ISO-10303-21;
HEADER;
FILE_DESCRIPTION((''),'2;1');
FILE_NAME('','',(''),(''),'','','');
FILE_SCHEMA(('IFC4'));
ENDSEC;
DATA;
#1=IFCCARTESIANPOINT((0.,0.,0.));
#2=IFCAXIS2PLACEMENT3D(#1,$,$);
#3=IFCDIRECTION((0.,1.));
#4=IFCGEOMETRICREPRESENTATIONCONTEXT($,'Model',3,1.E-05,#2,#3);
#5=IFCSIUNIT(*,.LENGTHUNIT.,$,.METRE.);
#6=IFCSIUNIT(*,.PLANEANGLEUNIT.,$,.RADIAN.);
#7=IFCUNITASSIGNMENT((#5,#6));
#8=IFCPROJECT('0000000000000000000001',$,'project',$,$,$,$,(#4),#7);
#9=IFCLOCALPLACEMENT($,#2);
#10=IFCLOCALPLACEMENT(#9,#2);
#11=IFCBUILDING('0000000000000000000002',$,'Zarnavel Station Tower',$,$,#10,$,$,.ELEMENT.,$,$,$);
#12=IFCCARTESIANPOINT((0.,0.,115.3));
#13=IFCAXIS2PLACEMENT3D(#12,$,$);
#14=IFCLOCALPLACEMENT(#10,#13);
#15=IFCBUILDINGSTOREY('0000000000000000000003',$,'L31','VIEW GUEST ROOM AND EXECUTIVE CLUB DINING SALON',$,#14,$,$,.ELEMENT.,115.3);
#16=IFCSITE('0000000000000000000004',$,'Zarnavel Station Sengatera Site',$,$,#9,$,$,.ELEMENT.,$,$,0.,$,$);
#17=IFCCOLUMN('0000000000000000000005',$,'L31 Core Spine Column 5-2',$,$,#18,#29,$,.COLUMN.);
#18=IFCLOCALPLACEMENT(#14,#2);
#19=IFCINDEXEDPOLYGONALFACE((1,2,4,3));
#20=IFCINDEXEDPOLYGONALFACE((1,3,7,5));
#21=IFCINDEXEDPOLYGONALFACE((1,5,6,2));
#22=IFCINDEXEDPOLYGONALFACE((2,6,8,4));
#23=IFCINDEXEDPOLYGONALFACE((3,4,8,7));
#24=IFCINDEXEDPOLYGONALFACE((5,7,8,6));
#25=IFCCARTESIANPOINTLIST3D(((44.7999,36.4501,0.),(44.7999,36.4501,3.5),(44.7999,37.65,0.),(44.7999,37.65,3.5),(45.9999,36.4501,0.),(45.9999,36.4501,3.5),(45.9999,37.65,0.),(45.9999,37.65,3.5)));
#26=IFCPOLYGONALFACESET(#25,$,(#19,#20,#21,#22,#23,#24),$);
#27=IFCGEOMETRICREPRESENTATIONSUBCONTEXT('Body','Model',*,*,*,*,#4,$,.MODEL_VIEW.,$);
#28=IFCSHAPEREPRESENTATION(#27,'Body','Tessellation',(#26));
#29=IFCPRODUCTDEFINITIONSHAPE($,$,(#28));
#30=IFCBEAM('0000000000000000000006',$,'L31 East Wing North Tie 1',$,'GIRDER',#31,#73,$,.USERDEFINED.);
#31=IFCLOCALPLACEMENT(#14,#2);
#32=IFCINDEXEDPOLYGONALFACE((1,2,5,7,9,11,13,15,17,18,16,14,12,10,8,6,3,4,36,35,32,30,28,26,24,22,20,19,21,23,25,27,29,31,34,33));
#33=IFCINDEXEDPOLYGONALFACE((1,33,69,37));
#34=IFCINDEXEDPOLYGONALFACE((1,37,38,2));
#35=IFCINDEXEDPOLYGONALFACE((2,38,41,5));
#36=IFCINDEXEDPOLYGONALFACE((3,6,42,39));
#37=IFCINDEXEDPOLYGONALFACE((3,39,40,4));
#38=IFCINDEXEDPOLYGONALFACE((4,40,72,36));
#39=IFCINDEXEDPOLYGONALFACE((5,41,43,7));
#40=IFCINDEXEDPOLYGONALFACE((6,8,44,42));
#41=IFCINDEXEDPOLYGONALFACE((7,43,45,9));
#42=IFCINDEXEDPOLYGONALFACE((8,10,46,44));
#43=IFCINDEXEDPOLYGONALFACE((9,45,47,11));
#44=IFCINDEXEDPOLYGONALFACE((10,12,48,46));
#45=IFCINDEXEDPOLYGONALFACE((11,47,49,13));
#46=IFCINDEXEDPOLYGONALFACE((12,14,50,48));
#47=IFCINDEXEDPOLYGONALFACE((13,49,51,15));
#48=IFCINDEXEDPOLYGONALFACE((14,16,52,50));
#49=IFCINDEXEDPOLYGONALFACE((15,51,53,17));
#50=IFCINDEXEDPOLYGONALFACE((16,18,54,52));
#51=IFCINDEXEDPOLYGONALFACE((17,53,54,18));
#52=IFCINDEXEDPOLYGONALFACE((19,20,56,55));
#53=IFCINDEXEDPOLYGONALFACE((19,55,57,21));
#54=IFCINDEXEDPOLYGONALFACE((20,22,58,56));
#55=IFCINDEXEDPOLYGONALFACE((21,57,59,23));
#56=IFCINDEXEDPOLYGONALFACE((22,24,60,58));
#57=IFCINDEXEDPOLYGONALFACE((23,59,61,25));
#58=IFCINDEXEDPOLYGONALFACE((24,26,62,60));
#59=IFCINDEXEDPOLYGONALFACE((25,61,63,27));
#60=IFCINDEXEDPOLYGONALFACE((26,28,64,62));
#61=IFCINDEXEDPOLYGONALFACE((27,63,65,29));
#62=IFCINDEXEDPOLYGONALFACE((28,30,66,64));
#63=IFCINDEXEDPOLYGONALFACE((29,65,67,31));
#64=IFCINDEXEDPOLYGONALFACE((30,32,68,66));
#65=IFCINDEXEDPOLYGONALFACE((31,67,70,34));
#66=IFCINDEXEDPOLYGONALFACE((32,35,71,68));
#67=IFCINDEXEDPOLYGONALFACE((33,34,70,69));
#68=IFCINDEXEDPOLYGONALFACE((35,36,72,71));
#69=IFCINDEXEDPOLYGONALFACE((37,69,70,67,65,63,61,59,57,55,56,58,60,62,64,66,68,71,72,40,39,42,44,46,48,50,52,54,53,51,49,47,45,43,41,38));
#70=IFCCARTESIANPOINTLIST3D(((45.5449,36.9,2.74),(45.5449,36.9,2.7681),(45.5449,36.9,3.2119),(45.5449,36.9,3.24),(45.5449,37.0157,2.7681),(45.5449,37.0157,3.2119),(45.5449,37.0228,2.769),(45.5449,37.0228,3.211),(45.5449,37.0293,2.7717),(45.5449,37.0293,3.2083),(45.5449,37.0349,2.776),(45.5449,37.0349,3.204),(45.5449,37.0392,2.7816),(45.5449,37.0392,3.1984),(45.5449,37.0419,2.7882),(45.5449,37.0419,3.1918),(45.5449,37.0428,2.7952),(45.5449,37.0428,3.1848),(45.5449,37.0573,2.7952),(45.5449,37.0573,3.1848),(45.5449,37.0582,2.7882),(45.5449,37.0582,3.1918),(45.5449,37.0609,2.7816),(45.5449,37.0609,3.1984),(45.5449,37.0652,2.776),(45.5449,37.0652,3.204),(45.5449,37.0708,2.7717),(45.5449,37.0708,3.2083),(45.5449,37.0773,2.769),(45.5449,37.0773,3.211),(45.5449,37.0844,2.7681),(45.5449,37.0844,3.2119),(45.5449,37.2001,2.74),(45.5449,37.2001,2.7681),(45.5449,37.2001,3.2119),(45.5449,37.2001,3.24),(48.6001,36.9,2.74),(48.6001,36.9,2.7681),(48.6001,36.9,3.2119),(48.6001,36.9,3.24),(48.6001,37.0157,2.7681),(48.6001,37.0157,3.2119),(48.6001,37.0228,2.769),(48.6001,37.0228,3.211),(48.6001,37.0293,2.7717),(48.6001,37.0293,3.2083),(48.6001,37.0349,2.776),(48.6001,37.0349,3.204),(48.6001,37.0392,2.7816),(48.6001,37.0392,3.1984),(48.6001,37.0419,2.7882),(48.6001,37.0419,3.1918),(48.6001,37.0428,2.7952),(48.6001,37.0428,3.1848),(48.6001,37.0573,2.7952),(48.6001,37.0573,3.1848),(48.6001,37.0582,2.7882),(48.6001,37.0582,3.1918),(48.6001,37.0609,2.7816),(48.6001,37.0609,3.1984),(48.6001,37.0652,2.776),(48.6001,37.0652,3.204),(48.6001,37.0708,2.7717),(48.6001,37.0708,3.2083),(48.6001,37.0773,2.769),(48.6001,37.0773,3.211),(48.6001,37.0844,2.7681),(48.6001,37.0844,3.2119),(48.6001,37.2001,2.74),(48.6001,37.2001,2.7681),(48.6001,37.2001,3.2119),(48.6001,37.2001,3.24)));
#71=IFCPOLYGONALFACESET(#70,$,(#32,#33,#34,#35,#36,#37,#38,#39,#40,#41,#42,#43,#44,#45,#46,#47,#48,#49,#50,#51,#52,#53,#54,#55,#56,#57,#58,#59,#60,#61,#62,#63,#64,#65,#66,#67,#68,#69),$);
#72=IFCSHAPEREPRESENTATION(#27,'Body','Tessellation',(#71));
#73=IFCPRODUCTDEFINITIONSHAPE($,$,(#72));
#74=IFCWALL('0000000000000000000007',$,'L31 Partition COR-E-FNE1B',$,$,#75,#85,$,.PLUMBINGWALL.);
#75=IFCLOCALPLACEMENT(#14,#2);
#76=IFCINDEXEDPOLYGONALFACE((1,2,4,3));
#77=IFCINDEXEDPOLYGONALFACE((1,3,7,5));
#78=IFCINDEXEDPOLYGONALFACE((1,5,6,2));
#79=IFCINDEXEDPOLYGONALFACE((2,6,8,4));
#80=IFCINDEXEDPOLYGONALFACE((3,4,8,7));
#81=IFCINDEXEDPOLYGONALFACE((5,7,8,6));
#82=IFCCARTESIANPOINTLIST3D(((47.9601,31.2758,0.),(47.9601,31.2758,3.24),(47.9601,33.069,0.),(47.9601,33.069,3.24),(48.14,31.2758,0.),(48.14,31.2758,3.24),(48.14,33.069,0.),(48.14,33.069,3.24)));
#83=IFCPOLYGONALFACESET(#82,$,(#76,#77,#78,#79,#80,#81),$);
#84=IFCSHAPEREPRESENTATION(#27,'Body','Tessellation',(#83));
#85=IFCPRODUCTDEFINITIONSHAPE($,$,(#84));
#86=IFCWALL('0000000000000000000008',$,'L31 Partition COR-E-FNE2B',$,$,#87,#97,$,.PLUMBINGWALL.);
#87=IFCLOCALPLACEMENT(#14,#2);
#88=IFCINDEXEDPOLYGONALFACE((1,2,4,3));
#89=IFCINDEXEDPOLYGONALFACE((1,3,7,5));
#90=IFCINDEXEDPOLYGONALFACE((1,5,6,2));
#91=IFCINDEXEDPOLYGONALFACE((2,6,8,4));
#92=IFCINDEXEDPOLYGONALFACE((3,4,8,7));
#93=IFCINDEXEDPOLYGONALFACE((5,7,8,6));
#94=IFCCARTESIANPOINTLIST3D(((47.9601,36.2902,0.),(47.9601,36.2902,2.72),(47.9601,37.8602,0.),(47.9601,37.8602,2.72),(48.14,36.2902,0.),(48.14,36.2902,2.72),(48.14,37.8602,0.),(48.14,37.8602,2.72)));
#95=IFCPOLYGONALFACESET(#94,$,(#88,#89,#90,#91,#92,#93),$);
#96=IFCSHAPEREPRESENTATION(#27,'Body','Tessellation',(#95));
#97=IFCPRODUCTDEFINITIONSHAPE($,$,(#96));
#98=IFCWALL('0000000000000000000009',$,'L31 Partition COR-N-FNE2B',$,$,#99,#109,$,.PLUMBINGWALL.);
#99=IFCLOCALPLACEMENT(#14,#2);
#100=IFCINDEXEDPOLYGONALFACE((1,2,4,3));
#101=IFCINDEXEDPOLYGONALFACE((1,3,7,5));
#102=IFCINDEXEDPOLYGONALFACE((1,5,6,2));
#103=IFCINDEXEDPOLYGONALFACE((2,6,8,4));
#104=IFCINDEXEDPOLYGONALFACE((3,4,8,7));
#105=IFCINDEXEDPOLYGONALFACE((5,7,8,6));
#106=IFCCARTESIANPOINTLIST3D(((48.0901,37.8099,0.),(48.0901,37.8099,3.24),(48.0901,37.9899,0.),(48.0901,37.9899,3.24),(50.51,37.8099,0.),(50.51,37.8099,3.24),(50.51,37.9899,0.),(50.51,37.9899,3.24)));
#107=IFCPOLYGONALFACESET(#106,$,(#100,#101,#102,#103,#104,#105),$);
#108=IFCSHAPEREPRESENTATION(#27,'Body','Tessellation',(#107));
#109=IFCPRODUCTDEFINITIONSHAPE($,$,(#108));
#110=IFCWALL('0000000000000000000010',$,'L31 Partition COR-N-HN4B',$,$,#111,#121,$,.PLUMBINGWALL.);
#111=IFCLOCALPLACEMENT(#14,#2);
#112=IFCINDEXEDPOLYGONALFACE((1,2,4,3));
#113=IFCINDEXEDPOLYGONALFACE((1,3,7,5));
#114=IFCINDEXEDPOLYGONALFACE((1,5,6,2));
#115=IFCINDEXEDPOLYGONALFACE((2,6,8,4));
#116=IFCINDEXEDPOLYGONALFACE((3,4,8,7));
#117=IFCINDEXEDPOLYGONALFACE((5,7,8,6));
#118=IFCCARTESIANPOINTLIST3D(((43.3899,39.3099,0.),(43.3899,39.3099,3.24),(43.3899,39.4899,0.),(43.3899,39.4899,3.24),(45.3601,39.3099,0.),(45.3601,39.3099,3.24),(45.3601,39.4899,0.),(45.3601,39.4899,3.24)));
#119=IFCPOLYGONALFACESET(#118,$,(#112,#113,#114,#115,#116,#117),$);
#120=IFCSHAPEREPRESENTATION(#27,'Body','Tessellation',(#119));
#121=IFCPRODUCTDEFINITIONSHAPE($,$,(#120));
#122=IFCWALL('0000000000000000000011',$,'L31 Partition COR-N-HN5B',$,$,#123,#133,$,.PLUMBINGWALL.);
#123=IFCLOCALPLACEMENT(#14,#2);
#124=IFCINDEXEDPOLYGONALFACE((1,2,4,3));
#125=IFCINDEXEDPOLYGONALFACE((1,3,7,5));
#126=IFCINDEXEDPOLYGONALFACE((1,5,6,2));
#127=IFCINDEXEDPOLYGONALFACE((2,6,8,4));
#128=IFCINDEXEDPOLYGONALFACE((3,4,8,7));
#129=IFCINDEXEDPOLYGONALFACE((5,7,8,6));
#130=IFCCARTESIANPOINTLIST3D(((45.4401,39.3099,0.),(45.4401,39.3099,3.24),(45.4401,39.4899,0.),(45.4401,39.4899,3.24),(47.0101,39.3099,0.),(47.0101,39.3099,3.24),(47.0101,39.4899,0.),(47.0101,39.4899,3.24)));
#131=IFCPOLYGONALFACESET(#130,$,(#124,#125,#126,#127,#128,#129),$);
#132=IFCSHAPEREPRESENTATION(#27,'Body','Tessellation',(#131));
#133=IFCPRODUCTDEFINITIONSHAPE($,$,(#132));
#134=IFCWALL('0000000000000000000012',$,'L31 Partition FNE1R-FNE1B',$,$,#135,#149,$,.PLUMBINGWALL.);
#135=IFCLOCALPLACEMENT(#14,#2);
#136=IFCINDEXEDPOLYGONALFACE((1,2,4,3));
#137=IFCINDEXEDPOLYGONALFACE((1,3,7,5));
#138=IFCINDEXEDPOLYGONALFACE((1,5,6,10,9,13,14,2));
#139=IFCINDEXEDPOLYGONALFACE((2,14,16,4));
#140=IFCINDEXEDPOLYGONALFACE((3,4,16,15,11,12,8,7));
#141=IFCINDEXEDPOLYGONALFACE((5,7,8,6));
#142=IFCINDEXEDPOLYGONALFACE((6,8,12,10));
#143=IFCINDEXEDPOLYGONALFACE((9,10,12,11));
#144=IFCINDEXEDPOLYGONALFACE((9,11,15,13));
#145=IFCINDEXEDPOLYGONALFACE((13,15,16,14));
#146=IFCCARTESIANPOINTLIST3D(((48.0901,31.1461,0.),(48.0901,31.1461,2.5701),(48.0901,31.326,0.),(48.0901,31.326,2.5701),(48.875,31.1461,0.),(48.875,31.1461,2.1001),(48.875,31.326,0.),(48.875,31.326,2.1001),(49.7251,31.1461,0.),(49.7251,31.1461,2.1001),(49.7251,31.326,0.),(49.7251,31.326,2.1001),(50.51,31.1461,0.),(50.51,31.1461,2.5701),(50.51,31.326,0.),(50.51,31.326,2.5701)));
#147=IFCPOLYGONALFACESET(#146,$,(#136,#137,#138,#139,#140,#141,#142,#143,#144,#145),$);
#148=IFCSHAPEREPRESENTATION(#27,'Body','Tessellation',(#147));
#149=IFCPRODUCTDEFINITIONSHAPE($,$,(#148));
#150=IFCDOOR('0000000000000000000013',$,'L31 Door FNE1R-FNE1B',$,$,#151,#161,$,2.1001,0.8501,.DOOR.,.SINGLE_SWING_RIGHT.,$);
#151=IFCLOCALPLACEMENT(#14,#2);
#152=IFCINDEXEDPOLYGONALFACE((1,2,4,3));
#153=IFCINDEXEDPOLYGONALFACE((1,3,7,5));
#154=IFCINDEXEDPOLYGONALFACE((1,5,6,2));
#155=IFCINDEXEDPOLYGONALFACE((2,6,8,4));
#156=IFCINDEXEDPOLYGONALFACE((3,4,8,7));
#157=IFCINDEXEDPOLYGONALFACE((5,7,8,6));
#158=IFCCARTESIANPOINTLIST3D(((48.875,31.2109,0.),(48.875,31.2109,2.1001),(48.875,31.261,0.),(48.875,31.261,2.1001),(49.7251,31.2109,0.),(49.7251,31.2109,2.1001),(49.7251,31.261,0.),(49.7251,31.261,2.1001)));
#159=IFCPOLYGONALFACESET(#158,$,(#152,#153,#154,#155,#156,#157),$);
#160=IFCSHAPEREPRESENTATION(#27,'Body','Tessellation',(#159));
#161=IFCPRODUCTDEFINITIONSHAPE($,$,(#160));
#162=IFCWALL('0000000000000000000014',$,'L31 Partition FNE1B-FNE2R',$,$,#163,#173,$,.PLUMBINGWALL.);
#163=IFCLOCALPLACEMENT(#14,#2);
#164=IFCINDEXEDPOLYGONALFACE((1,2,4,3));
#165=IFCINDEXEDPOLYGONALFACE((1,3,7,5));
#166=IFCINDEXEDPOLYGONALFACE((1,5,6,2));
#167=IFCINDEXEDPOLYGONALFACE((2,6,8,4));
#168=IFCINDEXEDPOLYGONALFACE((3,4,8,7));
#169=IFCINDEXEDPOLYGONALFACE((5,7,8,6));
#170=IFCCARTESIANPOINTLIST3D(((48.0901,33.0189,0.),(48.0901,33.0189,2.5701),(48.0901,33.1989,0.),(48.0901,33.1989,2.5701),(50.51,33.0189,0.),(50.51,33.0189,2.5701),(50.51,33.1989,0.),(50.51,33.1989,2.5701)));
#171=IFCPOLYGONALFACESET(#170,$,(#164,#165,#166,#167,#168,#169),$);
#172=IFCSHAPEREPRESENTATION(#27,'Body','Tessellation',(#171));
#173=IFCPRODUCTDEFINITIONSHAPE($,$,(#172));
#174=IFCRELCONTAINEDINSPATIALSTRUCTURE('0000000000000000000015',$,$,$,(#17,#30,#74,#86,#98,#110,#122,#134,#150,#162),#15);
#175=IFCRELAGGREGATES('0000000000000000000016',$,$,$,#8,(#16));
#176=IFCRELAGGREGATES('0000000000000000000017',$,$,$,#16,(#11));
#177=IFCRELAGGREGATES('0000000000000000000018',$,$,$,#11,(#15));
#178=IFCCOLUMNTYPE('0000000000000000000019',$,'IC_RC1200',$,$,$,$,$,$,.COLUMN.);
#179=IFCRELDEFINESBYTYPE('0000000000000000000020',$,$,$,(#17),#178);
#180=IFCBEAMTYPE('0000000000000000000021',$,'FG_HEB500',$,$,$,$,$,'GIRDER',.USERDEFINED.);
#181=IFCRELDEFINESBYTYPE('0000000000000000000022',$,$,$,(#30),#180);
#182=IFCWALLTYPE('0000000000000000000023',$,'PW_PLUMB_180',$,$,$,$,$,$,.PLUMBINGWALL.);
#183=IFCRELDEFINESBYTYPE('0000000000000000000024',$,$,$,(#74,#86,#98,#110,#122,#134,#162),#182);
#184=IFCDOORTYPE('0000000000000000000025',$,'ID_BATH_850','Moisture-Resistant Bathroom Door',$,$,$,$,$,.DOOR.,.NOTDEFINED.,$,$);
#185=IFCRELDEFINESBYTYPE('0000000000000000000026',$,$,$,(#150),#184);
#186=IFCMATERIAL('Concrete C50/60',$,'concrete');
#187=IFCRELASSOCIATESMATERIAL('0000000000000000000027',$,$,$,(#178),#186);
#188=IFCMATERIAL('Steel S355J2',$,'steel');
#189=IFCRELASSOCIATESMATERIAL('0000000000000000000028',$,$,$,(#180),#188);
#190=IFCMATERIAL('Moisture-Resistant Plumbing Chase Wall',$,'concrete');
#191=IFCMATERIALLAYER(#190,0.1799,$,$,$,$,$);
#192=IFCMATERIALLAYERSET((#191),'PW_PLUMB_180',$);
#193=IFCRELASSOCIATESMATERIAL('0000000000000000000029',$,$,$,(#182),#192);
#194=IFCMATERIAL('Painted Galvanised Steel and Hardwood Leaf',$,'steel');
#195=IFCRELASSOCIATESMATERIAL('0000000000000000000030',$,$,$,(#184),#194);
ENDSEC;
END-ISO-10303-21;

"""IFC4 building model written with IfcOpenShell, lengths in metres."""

from ifc_helpers import new_model, si_unit, direction, frame, frame_2d, origin, origin_2d, place, context, subcontext, project, spatial, rectangle, i_section, extrude, material, layer, layer_set, material_profile, profile_set, type_object, element, fill, save


model = new_model("IFC4")

# Units and contexts
model_context = context("Model", 3, precision=1e-05, world=origin(), true_north=direction((0.0, 1.0)))
body_context = subcontext(model_context, "Body", "Model", "MODEL_VIEW")
ifc_project = project(units=[si_unit("LENGTHUNIT", "METRE"), si_unit("PLANEANGLEUNIT", "RADIAN")], contexts=[model_context])

# Site, building, storey
site_placement = place(None, origin())
site = spatial("IfcSite", under=ifc_project, at=site_placement, Name="Zarnavel Station Sengatera Site", CompositionType="ELEMENT", RefElevation=0.0)
building_placement = place(site_placement, origin())
building = spatial("IfcBuilding", under=site, at=building_placement, Name="Zarnavel Station Tower", CompositionType="ELEMENT")
storey_placement = place(building_placement, frame((0.0, 0.0, 115.3)))
storey = spatial("IfcBuildingStorey", under=building, at=storey_placement, Name="L31", Description="VIEW GUEST ROOM AND EXECUTIVE CLUB DINING SALON", CompositionType="ELEMENT", Elevation=115.3)

# Column
ifc_material_1 = material(Name="Concrete C50/60", Category="concrete")
ifc_material_profile_1 = material_profile(ifc_material_1, rectangle(XDim=1.2, YDim=1.2, at=origin_2d()), Name="RC1200x1200")
ifc_profile_set_1 = profile_set([ifc_material_profile_1], Name="Concrete C50/60")
column_type = type_object("IfcColumnType", Name="IC_RC1200", PredefinedType="COLUMN", material=ifc_profile_set_1)
column_placement = place(storey_placement, frame((45.3999, 37.05, 0.0), z_axis=(0.0, 0.0, 1.0), x_axis=(1.0, 0.0, 0.0)))
element("IfcColumn", 1, at=column_placement, inside=storey, type_object=column_type, Name="L31 Core Spine Column 5-2", PredefinedType="COLUMN", context=body_context, shape_type="SweptSolid", body=[
    extrude(rectangle(XDim=1.2, YDim=1.2, at=origin_2d()), origin(), (0.0, 0.0, 1.0), 3.5),
])

# Beam
ifc_material_2 = material(Name="Steel S355J2", Category="steel")
ifc_material_profile_2 = material_profile(ifc_material_2, i_section(OverallWidth=0.3, OverallDepth=0.5, WebThickness=0.0144, FlangeThickness=0.0281, FilletRadius=0.0271, at=origin_2d()), Name="HEB500")
ifc_profile_set_2 = profile_set([ifc_material_profile_2], Name="Steel S355J2")
beam_type = type_object("IfcBeamType", Name="FG_HEB500", ElementType="GIRDER", PredefinedType="USERDEFINED", material=ifc_profile_set_2)
beam_placement = place(storey_placement, frame((45.5449, 37.05, 2.99), z_axis=(1.0, 0.0, 0.0), x_axis=(0.0, 1.0, 0.0)))
element("IfcBeam", 2, at=beam_placement, inside=storey, type_object=beam_type, Name="L31 East Wing North Tie 1", ObjectType="GIRDER", PredefinedType="USERDEFINED", context=body_context, shape_type="SweptSolid", body=[
    extrude(i_section(OverallWidth=0.3, OverallDepth=0.5, WebThickness=0.0144, FlangeThickness=0.0281, FilletRadius=0.0271, at=origin_2d()), origin(), (0.0, 0.0, 1.0), 3.0552),
])

# Walls
ifc_material_3 = material(Name="Moisture-Resistant Plumbing Chase Wall", Category="concrete")
ifc_layer_1 = layer(ifc_material_3, 0.1799)
ifc_layer_set_1 = layer_set([ifc_layer_1], Name="PW_PLUMB_180")
wall_type_1 = type_object("IfcWallType", Name="PW_PLUMB_180", PredefinedType="PLUMBINGWALL", material=ifc_layer_set_1)
wall_1_placement = place(storey_placement, frame((48.05, 31.2759, 0.0), z_axis=(0.0, 0.0, 1.0), x_axis=(0.0, 1.0, 0.0)))
element("IfcWall", 3, at=wall_1_placement, inside=storey, type_object=wall_type_1, Name="L31 Partition COR-E-FNE1B", PredefinedType="PLUMBINGWALL", context=body_context, shape_type="SweptSolid", body=[
    extrude(rectangle(XDim=1.7932, YDim=0.1799, at=frame_2d((0.8965, 0.0))), origin(), (0.0, 0.0, 1.0), 3.24),
])
wall_2_placement = place(storey_placement, frame((48.05, 36.29, 0.0), z_axis=(0.0, 0.0, 1.0), x_axis=(0.0, 1.0, 0.0)))
element("IfcWall", 4, at=wall_2_placement, inside=storey, type_object=wall_type_1, Name="L31 Partition COR-E-FNE2B", PredefinedType="PLUMBINGWALL", context=body_context, shape_type="SweptSolid", body=[
    extrude(rectangle(XDim=1.5701, YDim=0.1799, at=frame_2d((0.7852, 0.0))), origin(), (0.0, 0.0, 1.0), 2.72),
])
wall_3_placement = place(storey_placement, frame((48.0901, 37.8999, 0.0), z_axis=(0.0, 0.0, 1.0), x_axis=(1.0, 0.0, 0.0)))
element("IfcWall", 5, at=wall_3_placement, inside=storey, type_object=wall_type_1, Name="L31 Partition COR-N-FNE2B", PredefinedType="PLUMBINGWALL", context=body_context, shape_type="SweptSolid", body=[
    extrude(rectangle(XDim=2.4199, YDim=0.1799, at=frame_2d((1.21, 0.0))), origin(), (0.0, 0.0, 1.0), 3.24),
])
wall_4_placement = place(storey_placement, frame((43.3899, 39.3999, 0.0), z_axis=(0.0, 0.0, 1.0), x_axis=(1.0, 0.0, 0.0)))
element("IfcWall", 6, at=wall_4_placement, inside=storey, type_object=wall_type_1, Name="L31 Partition COR-N-HN4B", PredefinedType="PLUMBINGWALL", context=body_context, shape_type="SweptSolid", body=[
    extrude(rectangle(XDim=1.9702, YDim=0.1799, at=frame_2d((0.9851, 0.0))), origin(), (0.0, 0.0, 1.0), 3.24),
])
wall_5_placement = place(storey_placement, frame((45.4399, 39.3999, 0.0), z_axis=(0.0, 0.0, 1.0), x_axis=(1.0, 0.0, 0.0)))
element("IfcWall", 7, at=wall_5_placement, inside=storey, type_object=wall_type_1, Name="L31 Partition COR-N-HN5B", PredefinedType="PLUMBINGWALL", context=body_context, shape_type="SweptSolid", body=[
    extrude(rectangle(XDim=1.5701, YDim=0.1799, at=frame_2d((0.7852, 0.0))), origin(), (0.0, 0.0, 1.0), 3.24),
])

# Wall, opening, door
wall_6_placement = place(storey_placement, frame((48.0901, 31.2361, 0.0), z_axis=(0.0, 0.0, 1.0), x_axis=(1.0, 0.0, 0.0)))
wall_6 = element("IfcWall", 8, at=wall_6_placement, inside=storey, type_object=wall_type_1, Name="L31 Partition FNE1R-FNE1B", PredefinedType="PLUMBINGWALL", context=body_context, shape_type="SweptSolid", body=[
    extrude(rectangle(XDim=2.4199, YDim=0.1799, at=frame_2d((1.21, 0.0))), origin(), (0.0, 0.0, 1.0), 2.5701),
])
opening_1_placement = place(wall_6_placement, frame((0.7849, 0.0, 0.0)))
opening_1 = element("IfcOpeningElement", 9, at=opening_1_placement, cuts=wall_6, PredefinedType="OPENING", context=body_context, shape_type="SweptSolid", body=[
    extrude(rectangle(XDim=0.8501, YDim=2.1001, at=frame_2d((0.425, 1.05))), frame((0.0, 0.0999, 0.0), z_axis=(0.0, -1.0, 0.0), x_axis=(1.0, 0.0, 0.0)), (0.0, 0.0, 1.0), 0.2),
])
ifc_material_4 = material(Name="Painted Galvanised Steel and Hardwood Leaf", Category="steel")
door_type_1 = type_object("IfcDoorType", Name="ID_BATH_850", Description="Moisture-Resistant Bathroom Door", OperationType="NOTDEFINED", PredefinedType="DOOR", material=ifc_material_4)
door_1_placement = place(opening_1_placement, origin())
door_1 = element("IfcDoor", 10, at=door_1_placement, inside=storey, type_object=door_type_1, Name="L31 Door FNE1R-FNE1B", OperationType="SINGLE_SWING_RIGHT", OverallHeight=2.1001, OverallWidth=0.8501, PredefinedType="DOOR", context=body_context, shape_type="SweptSolid", body=[
    extrude(rectangle(XDim=0.8501, YDim=2.1001, at=frame_2d((0.425, 1.05))), frame((0.0, 0.0249, 0.0), z_axis=(0.0, -1.0, 0.0), x_axis=(1.0, 0.0, 0.0)), (0.0, 0.0, 1.0), 0.05),
])
fill(opening_1, door_1)

# Wall
wall_7_placement = place(storey_placement, frame((48.0901, 33.1089, 0.0), z_axis=(0.0, 0.0, 1.0), x_axis=(1.0, 0.0, 0.0)))
element("IfcWall", 11, at=wall_7_placement, inside=storey, type_object=wall_type_1, Name="L31 Partition FNE1B-FNE2R", PredefinedType="PLUMBINGWALL", context=body_context, shape_type="SweptSolid", body=[
    extrude(rectangle(XDim=2.4199, YDim=0.1799, at=frame_2d((1.21, 0.0))), origin(), (0.0, 0.0, 1.0), 2.5701),
])

save(model, "model.ifc")
